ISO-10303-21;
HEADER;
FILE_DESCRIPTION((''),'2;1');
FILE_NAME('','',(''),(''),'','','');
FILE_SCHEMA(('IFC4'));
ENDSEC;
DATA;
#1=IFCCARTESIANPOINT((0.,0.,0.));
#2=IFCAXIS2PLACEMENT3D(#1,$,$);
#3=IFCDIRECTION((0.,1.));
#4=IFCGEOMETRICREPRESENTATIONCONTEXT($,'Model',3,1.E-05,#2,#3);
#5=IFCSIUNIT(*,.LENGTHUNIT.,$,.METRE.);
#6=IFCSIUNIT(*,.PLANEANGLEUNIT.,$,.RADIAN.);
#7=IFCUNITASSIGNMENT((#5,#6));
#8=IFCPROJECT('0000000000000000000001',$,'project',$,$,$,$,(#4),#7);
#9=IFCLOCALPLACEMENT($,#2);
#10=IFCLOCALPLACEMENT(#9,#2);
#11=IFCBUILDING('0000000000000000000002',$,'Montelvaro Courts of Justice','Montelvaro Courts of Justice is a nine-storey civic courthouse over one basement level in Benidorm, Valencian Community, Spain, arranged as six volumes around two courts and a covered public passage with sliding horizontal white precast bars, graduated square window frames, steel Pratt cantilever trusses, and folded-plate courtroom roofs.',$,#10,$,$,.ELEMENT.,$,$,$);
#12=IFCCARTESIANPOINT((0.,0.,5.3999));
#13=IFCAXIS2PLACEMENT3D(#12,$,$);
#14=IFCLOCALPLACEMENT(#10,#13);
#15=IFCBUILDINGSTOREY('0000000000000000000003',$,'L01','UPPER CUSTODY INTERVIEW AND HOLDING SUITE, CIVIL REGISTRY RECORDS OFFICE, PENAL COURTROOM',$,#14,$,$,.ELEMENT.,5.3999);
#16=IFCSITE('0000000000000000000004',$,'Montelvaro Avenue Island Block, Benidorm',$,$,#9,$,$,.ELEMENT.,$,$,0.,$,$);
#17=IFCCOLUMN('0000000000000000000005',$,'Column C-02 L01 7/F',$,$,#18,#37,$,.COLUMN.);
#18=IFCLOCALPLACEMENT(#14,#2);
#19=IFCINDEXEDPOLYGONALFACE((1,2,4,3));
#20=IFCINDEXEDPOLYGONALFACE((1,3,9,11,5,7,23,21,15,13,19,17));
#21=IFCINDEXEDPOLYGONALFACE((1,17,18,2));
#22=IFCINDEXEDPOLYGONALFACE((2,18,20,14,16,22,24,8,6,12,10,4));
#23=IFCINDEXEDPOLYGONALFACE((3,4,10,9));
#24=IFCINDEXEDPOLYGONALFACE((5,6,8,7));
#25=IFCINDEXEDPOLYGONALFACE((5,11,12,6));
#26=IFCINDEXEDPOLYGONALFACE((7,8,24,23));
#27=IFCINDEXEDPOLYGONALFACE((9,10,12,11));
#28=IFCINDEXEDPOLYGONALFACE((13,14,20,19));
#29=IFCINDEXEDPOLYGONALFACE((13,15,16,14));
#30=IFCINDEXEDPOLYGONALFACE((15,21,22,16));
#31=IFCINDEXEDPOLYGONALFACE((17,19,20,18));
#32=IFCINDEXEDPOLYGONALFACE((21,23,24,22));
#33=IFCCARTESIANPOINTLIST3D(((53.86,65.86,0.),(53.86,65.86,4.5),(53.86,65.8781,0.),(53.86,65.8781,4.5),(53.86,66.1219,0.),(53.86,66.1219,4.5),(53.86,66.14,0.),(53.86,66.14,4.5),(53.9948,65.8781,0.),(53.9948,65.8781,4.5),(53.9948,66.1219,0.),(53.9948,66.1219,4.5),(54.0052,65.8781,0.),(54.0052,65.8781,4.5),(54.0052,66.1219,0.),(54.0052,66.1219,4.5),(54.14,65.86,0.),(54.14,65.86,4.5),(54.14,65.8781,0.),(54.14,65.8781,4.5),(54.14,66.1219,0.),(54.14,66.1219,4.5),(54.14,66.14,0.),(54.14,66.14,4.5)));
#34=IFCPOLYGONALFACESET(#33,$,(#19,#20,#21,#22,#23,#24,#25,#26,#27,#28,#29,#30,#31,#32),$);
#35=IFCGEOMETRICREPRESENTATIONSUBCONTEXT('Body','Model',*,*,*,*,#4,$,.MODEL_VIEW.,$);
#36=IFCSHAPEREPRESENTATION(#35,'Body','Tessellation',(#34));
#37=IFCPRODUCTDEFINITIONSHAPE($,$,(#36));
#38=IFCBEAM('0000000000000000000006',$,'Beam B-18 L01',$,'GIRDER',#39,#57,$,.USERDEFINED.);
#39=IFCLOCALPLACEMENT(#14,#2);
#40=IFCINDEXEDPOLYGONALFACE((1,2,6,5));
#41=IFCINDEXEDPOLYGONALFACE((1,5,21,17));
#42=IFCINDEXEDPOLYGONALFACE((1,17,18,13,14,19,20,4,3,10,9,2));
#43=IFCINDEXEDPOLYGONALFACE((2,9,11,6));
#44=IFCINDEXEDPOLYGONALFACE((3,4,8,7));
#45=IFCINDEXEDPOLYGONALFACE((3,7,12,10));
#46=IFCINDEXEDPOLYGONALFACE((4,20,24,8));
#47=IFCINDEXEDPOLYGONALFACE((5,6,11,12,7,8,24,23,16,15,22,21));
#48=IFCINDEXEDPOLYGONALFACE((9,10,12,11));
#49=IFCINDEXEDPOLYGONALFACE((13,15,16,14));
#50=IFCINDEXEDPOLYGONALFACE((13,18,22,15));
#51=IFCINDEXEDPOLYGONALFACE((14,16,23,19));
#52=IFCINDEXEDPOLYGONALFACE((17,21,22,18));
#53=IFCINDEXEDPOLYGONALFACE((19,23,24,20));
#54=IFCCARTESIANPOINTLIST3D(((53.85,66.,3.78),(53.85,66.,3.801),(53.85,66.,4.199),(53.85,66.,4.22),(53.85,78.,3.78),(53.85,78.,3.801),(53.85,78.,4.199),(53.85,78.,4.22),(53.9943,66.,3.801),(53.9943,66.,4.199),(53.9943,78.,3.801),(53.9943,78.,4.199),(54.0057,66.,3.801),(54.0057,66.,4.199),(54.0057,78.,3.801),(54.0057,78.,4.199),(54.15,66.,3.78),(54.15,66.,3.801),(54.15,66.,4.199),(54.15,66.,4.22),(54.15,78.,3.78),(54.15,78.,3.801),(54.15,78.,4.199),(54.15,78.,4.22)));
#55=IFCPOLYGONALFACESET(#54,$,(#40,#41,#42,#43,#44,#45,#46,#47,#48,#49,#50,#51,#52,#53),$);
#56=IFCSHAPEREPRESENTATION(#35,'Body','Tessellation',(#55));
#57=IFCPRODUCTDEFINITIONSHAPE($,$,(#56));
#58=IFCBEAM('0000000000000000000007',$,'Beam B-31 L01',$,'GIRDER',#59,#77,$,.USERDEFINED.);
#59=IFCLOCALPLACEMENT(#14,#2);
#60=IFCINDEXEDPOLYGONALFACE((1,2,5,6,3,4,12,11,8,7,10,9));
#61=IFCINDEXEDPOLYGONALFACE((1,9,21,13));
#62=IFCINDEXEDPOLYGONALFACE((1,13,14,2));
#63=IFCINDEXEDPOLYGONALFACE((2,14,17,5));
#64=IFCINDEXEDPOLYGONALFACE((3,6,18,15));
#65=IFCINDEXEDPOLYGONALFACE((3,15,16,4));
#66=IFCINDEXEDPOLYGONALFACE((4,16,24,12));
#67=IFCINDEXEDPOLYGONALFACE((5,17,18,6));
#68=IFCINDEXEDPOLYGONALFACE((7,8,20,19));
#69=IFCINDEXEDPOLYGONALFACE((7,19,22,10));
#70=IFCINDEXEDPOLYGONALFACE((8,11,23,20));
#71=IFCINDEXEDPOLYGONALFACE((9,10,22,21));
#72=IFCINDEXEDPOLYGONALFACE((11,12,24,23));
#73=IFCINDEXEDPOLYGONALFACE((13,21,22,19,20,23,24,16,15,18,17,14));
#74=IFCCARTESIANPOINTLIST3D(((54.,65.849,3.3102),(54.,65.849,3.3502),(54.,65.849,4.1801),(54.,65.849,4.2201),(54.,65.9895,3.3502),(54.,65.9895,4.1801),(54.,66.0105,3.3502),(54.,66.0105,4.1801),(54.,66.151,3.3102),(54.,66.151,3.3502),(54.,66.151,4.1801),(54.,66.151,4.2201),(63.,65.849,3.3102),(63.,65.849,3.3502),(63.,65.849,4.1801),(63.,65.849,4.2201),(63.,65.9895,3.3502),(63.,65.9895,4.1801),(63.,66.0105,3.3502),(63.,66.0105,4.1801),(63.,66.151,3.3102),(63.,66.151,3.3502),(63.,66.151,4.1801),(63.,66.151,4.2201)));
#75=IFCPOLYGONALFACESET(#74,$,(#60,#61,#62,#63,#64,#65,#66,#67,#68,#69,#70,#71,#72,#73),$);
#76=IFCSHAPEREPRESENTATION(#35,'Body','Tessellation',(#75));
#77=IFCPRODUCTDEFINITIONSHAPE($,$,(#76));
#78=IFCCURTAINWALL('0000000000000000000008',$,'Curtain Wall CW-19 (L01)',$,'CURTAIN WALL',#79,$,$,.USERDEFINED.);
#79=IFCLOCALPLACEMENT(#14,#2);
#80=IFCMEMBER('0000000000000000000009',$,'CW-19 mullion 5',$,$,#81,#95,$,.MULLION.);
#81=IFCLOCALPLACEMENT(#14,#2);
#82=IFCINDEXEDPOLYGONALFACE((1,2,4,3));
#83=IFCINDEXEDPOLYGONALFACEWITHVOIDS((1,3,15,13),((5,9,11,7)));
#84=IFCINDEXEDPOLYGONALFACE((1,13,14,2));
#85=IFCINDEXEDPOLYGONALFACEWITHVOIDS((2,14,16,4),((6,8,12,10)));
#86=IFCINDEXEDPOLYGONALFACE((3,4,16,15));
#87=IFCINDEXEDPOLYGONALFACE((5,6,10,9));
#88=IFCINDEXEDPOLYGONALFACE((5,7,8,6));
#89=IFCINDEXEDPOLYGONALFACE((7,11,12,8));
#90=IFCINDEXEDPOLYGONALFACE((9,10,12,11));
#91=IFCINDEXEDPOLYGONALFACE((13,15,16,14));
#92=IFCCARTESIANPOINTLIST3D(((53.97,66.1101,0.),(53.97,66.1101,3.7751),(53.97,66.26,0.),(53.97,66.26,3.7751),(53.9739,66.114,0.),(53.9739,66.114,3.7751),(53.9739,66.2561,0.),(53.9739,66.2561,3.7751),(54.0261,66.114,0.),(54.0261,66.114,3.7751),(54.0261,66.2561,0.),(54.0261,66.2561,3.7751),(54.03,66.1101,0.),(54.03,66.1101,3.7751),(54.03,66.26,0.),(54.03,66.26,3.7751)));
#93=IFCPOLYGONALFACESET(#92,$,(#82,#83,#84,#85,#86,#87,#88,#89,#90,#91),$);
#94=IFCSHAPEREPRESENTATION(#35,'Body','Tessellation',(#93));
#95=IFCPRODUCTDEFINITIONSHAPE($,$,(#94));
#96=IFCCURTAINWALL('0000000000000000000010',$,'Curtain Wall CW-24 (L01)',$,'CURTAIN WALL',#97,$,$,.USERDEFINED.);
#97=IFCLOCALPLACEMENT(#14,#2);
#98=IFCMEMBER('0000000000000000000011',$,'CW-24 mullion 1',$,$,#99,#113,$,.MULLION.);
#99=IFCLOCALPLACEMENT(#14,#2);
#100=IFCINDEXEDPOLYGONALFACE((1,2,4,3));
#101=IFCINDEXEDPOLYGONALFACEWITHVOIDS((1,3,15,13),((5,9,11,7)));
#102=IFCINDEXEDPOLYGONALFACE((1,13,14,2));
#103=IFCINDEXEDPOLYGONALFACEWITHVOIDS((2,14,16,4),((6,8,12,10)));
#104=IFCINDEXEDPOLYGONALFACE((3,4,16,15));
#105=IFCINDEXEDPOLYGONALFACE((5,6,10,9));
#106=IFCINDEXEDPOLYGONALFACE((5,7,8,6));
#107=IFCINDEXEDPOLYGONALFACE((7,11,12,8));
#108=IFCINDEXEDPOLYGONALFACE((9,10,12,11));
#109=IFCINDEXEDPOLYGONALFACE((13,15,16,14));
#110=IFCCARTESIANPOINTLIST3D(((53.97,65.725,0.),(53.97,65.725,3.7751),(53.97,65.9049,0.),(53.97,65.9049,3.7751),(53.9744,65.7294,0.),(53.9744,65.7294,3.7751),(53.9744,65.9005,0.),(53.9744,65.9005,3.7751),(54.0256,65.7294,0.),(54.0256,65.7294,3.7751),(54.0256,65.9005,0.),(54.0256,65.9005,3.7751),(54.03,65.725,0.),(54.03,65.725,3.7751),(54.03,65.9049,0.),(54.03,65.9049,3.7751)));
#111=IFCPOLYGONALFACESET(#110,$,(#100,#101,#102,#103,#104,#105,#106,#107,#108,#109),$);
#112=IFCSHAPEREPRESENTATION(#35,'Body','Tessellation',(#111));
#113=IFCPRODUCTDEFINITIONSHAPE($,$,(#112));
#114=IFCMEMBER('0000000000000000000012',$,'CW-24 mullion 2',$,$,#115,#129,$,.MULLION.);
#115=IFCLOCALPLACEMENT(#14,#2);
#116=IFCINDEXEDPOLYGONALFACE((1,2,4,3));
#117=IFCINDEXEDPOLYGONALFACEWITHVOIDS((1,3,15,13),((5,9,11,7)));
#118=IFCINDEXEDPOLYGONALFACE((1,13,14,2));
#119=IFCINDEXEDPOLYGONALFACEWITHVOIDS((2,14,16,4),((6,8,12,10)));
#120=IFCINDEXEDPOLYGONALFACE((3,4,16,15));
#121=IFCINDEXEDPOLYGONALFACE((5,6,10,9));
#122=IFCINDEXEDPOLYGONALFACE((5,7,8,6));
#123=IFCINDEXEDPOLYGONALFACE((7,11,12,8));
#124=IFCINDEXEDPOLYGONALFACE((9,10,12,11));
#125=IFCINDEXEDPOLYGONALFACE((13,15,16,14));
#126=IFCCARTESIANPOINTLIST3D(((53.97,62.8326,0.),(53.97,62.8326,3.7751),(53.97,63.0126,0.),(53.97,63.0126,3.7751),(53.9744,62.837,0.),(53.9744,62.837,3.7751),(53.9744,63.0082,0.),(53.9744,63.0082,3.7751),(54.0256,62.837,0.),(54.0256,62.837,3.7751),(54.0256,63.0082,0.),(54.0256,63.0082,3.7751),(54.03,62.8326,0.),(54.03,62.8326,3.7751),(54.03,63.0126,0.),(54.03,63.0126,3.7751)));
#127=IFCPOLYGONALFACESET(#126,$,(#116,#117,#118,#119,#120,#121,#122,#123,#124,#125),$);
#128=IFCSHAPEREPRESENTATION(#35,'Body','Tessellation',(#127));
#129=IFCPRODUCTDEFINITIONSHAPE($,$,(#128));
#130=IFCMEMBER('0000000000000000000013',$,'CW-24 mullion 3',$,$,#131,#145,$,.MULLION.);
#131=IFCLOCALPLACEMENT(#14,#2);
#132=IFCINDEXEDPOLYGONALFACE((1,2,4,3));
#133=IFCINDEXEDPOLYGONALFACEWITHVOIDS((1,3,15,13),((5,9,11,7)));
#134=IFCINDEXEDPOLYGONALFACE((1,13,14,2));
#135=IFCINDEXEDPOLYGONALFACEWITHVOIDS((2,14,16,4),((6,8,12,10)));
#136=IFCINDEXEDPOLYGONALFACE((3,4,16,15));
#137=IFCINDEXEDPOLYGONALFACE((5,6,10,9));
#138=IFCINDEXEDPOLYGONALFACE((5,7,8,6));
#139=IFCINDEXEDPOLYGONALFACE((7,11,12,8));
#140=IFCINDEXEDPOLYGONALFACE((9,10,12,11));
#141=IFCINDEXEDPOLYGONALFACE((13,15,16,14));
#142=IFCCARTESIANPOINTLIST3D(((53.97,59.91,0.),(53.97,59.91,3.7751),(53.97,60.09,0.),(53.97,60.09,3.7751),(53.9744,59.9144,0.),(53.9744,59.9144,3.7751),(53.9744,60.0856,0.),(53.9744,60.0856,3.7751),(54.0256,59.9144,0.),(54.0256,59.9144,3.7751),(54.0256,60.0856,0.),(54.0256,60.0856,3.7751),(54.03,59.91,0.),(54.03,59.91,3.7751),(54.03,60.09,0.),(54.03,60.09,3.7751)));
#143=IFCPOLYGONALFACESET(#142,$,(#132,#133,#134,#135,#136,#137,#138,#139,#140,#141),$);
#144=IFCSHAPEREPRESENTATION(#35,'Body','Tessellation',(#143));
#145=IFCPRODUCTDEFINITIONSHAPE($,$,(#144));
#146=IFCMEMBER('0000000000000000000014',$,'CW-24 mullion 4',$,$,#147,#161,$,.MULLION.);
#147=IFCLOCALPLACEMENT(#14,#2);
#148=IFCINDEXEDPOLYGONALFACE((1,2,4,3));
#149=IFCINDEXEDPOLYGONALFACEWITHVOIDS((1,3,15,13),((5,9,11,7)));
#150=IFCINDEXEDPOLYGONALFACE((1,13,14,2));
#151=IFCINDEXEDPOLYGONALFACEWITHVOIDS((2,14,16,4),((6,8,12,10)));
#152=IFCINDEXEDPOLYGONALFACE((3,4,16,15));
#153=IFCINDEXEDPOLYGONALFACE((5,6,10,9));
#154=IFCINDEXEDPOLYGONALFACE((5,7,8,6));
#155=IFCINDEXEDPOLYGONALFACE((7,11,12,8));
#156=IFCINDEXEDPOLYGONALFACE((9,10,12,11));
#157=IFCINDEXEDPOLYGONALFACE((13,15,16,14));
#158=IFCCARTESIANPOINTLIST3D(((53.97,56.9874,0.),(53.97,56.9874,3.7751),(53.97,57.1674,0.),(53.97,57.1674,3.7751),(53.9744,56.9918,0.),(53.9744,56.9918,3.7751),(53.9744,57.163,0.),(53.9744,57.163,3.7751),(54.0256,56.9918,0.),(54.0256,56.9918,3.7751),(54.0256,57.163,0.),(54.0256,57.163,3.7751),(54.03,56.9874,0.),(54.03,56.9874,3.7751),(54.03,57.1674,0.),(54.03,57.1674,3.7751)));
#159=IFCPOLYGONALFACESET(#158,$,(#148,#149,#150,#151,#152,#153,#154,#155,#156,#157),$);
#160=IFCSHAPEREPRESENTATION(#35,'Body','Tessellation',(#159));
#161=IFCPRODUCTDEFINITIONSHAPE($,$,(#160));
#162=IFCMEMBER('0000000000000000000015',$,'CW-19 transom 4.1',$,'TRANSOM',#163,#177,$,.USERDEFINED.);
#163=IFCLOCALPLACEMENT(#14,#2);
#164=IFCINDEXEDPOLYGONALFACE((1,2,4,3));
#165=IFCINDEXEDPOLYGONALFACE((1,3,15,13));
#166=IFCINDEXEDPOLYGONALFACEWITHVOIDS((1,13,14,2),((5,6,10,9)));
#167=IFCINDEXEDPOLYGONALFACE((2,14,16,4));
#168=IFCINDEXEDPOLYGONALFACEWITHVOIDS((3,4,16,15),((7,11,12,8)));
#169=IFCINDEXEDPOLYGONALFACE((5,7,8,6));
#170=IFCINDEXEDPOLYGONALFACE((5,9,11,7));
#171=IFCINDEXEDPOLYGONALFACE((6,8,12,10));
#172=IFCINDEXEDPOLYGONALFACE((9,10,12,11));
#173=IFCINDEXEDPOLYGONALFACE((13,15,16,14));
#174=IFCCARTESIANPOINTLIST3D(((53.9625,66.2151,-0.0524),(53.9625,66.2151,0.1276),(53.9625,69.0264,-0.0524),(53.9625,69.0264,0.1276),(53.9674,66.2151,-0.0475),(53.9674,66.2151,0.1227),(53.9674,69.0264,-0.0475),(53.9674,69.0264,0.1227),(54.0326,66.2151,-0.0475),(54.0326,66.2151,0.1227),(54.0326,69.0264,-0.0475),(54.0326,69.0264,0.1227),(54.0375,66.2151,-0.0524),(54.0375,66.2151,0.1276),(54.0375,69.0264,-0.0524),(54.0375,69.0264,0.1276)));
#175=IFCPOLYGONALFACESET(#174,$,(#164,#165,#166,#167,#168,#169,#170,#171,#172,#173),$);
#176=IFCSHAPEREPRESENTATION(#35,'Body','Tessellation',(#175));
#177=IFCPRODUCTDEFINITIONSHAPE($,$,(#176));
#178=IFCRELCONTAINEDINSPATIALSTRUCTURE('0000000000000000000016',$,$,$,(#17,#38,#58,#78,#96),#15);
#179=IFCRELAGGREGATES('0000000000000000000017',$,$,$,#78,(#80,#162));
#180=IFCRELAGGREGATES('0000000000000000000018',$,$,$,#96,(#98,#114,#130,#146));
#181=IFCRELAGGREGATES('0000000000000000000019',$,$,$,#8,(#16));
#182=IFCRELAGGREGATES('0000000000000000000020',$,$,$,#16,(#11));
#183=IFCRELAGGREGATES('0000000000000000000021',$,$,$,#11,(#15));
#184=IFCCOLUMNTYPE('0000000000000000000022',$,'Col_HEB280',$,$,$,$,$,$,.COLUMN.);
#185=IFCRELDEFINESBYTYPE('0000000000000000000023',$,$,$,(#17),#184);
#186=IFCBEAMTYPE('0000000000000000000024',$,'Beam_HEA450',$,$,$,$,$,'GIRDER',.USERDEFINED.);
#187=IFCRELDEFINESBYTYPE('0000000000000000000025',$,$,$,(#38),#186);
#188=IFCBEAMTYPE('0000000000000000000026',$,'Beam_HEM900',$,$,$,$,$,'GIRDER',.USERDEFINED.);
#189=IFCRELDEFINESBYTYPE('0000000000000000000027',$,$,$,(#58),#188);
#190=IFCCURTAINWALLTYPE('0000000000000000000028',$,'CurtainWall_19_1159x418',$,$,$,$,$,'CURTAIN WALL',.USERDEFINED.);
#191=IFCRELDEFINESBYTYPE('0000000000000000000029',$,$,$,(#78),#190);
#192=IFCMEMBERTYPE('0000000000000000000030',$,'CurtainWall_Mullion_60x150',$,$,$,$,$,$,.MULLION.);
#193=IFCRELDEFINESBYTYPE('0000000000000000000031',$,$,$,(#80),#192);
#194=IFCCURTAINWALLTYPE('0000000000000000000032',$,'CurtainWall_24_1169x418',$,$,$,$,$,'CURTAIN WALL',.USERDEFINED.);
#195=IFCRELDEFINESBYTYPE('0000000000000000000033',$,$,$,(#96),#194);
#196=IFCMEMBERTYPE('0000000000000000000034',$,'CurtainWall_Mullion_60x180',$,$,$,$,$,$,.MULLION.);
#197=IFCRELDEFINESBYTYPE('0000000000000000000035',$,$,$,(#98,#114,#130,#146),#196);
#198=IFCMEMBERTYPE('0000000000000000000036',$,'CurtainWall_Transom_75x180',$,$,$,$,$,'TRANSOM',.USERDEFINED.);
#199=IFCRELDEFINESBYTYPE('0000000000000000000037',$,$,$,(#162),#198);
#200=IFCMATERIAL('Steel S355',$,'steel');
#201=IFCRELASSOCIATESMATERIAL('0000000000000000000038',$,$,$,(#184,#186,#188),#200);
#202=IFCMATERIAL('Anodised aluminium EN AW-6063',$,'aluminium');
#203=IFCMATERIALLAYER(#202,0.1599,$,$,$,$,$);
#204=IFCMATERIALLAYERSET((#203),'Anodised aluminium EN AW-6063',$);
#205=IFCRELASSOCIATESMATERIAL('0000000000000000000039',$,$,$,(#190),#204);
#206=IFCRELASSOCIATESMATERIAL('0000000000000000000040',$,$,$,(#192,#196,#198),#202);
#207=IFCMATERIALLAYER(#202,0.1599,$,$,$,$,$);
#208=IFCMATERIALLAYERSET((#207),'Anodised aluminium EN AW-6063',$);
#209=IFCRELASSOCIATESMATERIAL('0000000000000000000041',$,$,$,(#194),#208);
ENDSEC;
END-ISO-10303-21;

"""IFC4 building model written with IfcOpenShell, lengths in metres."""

from ifc_helpers import new_model, si_unit, direction, frame, origin, origin_2d, place, context, subcontext, project, spatial, hollow_rectangle, i_section, extrude, material, layer, layer_set, material_profile, profile_set, type_object, element, aggregate, save


model = new_model("IFC4")

# Units and contexts
model_context = context("Model", 3, precision=1e-05, world=origin(), true_north=direction((0.0, 1.0)))
body_context = subcontext(model_context, "Body", "Model", "MODEL_VIEW")
ifc_project = project(units=[si_unit("LENGTHUNIT", "METRE"), si_unit("PLANEANGLEUNIT", "RADIAN")], contexts=[model_context])

# Site, building, storey
site_placement = place(None, origin())
site = spatial("IfcSite", under=ifc_project, at=site_placement, Name="Montelvaro Avenue Island Block, Benidorm", CompositionType="ELEMENT", RefElevation=0.0)
building_placement = place(site_placement, origin())
building = spatial("IfcBuilding", under=site, at=building_placement, Name="Montelvaro Courts of Justice", Description="Montelvaro Courts of Justice is a nine-storey civic courthouse over one basement level in Benidorm, Valencian Community, Spain, arranged as six volumes around two courts and a covered public passage with sliding horizontal white precast bars, graduated square window frames, steel Pratt cantilever trusses, and folded-plate courtroom roofs.", CompositionType="ELEMENT")
storey_placement = place(building_placement, frame((0.0, 0.0, 5.3999)))
storey = spatial("IfcBuildingStorey", under=building, at=storey_placement, Name="L01", Description="UPPER CUSTODY INTERVIEW AND HOLDING SUITE, CIVIL REGISTRY RECORDS OFFICE, PENAL COURTROOM", CompositionType="ELEMENT", Elevation=5.3999)

# Column
ifc_material_1 = material(Name="Steel S355", Category="steel")
ifc_material_profile_1 = material_profile(ifc_material_1, i_section(OverallWidth=0.28, OverallDepth=0.28, WebThickness=0.0105, FlangeThickness=0.0181, at=origin_2d()), Name="HEB 280")
ifc_profile_set_1 = profile_set([ifc_material_profile_1], Name="Steel S355")
column_type = type_object("IfcColumnType", Name="Col_HEB280", PredefinedType="COLUMN", material=ifc_profile_set_1)
column_placement = place(storey_placement, frame((54.0, 66.0, 0.0), z_axis=(0.0, 0.0, 1.0), x_axis=(1.0, 0.0, 0.0)))
element("IfcColumn", 1, at=column_placement, inside=storey, type_object=column_type, Name="Column C-02 L01 7/F", PredefinedType="COLUMN", context=body_context, shape_type="SweptSolid", body=[
    extrude(i_section(OverallWidth=0.28, OverallDepth=0.28, WebThickness=0.0105, FlangeThickness=0.0181, at=origin_2d()), origin(), (0.0, 0.0, 1.0), 4.5),
])

# Beams
ifc_material_profile_2 = material_profile(ifc_material_1, i_section(OverallWidth=0.3, OverallDepth=0.4399, WebThickness=0.0115, FlangeThickness=0.021, at=origin_2d()), Name="HEA 450")
ifc_profile_set_2 = profile_set([ifc_material_profile_2], Name="Steel S355")
beam_type_1 = type_object("IfcBeamType", Name="Beam_HEA450", ElementType="GIRDER", PredefinedType="USERDEFINED", material=ifc_profile_set_2)
beam_1_placement = place(storey_placement, frame((54.0, 66.0, 4.0), z_axis=(0.0, 1.0, 0.0), x_axis=(-1.0, 0.0, 0.0)))
element("IfcBeam", 2, at=beam_1_placement, inside=storey, type_object=beam_type_1, Name="Beam B-18 L01", ObjectType="GIRDER", PredefinedType="USERDEFINED", context=body_context, shape_type="SweptSolid", body=[
    extrude(i_section(OverallWidth=0.3, OverallDepth=0.4399, WebThickness=0.0115, FlangeThickness=0.021, at=origin_2d()), origin(), (0.0, 0.0, 1.0), 12.0),
])
ifc_material_profile_3 = material_profile(ifc_material_1, i_section(OverallWidth=0.302, OverallDepth=0.9099, WebThickness=0.021, FlangeThickness=0.04, at=origin_2d()), Name="HEM 900")
ifc_profile_set_3 = profile_set([ifc_material_profile_3], Name="Steel S355")
beam_type_2 = type_object("IfcBeamType", Name="Beam_HEM900", ElementType="GIRDER", PredefinedType="USERDEFINED", material=ifc_profile_set_3)
beam_2_placement = place(storey_placement, frame((54.0, 66.0, 3.7651), z_axis=(1.0, 0.0, 0.0), x_axis=(0.0, 1.0, 0.0)))
element("IfcBeam", 3, at=beam_2_placement, inside=storey, type_object=beam_type_2, Name="Beam B-31 L01", ObjectType="GIRDER", PredefinedType="USERDEFINED", context=body_context, shape_type="SweptSolid", body=[
    extrude(i_section(OverallWidth=0.302, OverallDepth=0.9099, WebThickness=0.021, FlangeThickness=0.04, at=origin_2d()), origin(), (0.0, 0.0, 1.0), 9.0),
])

# Curtain wall, member
ifc_material_2 = material(Name="Anodised aluminium EN AW-6063", Category="aluminium")
ifc_layer_1 = layer(ifc_material_2, 0.1599)
ifc_layer_set_1 = layer_set([ifc_layer_1], Name="Anodised aluminium EN AW-6063")
curtain_wall_type_1 = type_object("IfcCurtainWallType", Name="CurtainWall_19_1159x418", ElementType="CURTAIN WALL", PredefinedType="USERDEFINED", material=ifc_layer_set_1)
curtain_wall_1_placement = place(storey_placement, origin())
curtain_wall_1 = element("IfcCurtainWall", 4, at=curtain_wall_1_placement, inside=storey, type_object=curtain_wall_type_1, Name="Curtain Wall CW-19 (L01)", ObjectType="CURTAIN WALL", PredefinedType="USERDEFINED")
ifc_material_profile_4 = material_profile(ifc_material_2, hollow_rectangle(XDim=0.0601, YDim=0.1499, WallThickness=0.0039, at=origin_2d()), Name="ALU-M 60x150")
ifc_profile_set_4 = profile_set([ifc_material_profile_4], Name="Anodised aluminium EN AW-6063")
member_type_1 = type_object("IfcMemberType", Name="CurtainWall_Mullion_60x150", PredefinedType="MULLION", material=ifc_profile_set_4)
member_1_placement = place(storey_placement, frame((54.0, 66.1851, 0.0), z_axis=(0.0, 0.0, 1.0), x_axis=(1.0, 0.0, 0.0)))
member_1 = element("IfcMember", 5, at=member_1_placement, type_object=member_type_1, Name="CW-19 mullion 5", PredefinedType="MULLION", context=body_context, shape_type="SweptSolid", body=[
    extrude(hollow_rectangle(XDim=0.0601, YDim=0.1499, WallThickness=0.0039, at=origin_2d()), origin(), (0.0, 0.0, 1.0), 3.7751),
])

# Curtain wall, members
ifc_layer_2 = layer(ifc_material_2, 0.1599)
ifc_layer_set_2 = layer_set([ifc_layer_2], Name="Anodised aluminium EN AW-6063")
curtain_wall_type_2 = type_object("IfcCurtainWallType", Name="CurtainWall_24_1169x418", ElementType="CURTAIN WALL", PredefinedType="USERDEFINED", material=ifc_layer_set_2)
curtain_wall_2_placement = place(storey_placement, origin())
curtain_wall_2 = element("IfcCurtainWall", 6, at=curtain_wall_2_placement, inside=storey, type_object=curtain_wall_type_2, Name="Curtain Wall CW-24 (L01)", ObjectType="CURTAIN WALL", PredefinedType="USERDEFINED")
ifc_material_profile_5 = material_profile(ifc_material_2, hollow_rectangle(XDim=0.0601, YDim=0.1799, WallThickness=0.0044, at=origin_2d()), Name="ALU-M 60x180")
ifc_profile_set_5 = profile_set([ifc_material_profile_5], Name="Anodised aluminium EN AW-6063")
member_type_2 = type_object("IfcMemberType", Name="CurtainWall_Mullion_60x180", PredefinedType="MULLION", material=ifc_profile_set_5)
member_2_placement = place(storey_placement, frame((54.0, 65.8149, 0.0), z_axis=(0.0, 0.0, 1.0), x_axis=(1.0, 0.0, 0.0)))
member_2 = element("IfcMember", 7, at=member_2_placement, type_object=member_type_2, Name="CW-24 mullion 1", PredefinedType="MULLION", context=body_context, shape_type="SweptSolid", body=[
    extrude(hollow_rectangle(XDim=0.0601, YDim=0.1799, WallThickness=0.0044, at=origin_2d()), origin(), (0.0, 0.0, 1.0), 3.7751),
])
member_3_placement = place(storey_placement, frame((54.0, 62.9226, 0.0), z_axis=(0.0, 0.0, 1.0), x_axis=(1.0, 0.0, 0.0)))
member_3 = element("IfcMember", 8, at=member_3_placement, type_object=member_type_2, Name="CW-24 mullion 2", PredefinedType="MULLION", context=body_context, shape_type="SweptSolid", body=[
    extrude(hollow_rectangle(XDim=0.0601, YDim=0.1799, WallThickness=0.0044, at=origin_2d()), origin(), (0.0, 0.0, 1.0), 3.7751),
])
member_4_placement = place(storey_placement, frame((54.0, 60.0, 0.0), z_axis=(0.0, 0.0, 1.0), x_axis=(1.0, 0.0, 0.0)))
member_4 = element("IfcMember", 9, at=member_4_placement, type_object=member_type_2, Name="CW-24 mullion 3", PredefinedType="MULLION", context=body_context, shape_type="SweptSolid", body=[
    extrude(hollow_rectangle(XDim=0.0601, YDim=0.1799, WallThickness=0.0044, at=origin_2d()), origin(), (0.0, 0.0, 1.0), 3.7751),
])
member_5_placement = place(storey_placement, frame((54.0, 57.0774, 0.0), z_axis=(0.0, 0.0, 1.0), x_axis=(1.0, 0.0, 0.0)))
member_5 = element("IfcMember", 10, at=member_5_placement, type_object=member_type_2, Name="CW-24 mullion 4", PredefinedType="MULLION", context=body_context, shape_type="SweptSolid", body=[
    extrude(hollow_rectangle(XDim=0.0601, YDim=0.1799, WallThickness=0.0044, at=origin_2d()), origin(), (0.0, 0.0, 1.0), 3.7751),
])

# Member
ifc_material_profile_6 = material_profile(ifc_material_2, hollow_rectangle(XDim=0.075, YDim=0.1799, WallThickness=0.0049, at=origin_2d()), Name="ALU-T 75x180")
ifc_profile_set_6 = profile_set([ifc_material_profile_6], Name="Anodised aluminium EN AW-6063")
member_type_3 = type_object("IfcMemberType", Name="CurtainWall_Transom_75x180", ElementType="TRANSOM", PredefinedType="USERDEFINED", material=ifc_profile_set_6)
member_6_placement = place(storey_placement, frame((54.0, 69.0264, 0.0376), z_axis=(0.0, -1.0, 0.0), x_axis=(1.0, 0.0, 0.0)))
member_6 = element("IfcMember", 11, at=member_6_placement, type_object=member_type_3, Name="CW-19 transom 4.1", ObjectType="TRANSOM", PredefinedType="USERDEFINED", context=body_context, shape_type="SweptSolid", body=[
    extrude(hollow_rectangle(XDim=0.075, YDim=0.1799, WallThickness=0.0049, at=origin_2d()), origin(), (0.0, 0.0, 1.0), 2.8113),
])

aggregate(curtain_wall_1, [member_1, member_6])
aggregate(curtain_wall_2, [member_2, member_3, member_4, member_5])

save(model, "model.ifc")
